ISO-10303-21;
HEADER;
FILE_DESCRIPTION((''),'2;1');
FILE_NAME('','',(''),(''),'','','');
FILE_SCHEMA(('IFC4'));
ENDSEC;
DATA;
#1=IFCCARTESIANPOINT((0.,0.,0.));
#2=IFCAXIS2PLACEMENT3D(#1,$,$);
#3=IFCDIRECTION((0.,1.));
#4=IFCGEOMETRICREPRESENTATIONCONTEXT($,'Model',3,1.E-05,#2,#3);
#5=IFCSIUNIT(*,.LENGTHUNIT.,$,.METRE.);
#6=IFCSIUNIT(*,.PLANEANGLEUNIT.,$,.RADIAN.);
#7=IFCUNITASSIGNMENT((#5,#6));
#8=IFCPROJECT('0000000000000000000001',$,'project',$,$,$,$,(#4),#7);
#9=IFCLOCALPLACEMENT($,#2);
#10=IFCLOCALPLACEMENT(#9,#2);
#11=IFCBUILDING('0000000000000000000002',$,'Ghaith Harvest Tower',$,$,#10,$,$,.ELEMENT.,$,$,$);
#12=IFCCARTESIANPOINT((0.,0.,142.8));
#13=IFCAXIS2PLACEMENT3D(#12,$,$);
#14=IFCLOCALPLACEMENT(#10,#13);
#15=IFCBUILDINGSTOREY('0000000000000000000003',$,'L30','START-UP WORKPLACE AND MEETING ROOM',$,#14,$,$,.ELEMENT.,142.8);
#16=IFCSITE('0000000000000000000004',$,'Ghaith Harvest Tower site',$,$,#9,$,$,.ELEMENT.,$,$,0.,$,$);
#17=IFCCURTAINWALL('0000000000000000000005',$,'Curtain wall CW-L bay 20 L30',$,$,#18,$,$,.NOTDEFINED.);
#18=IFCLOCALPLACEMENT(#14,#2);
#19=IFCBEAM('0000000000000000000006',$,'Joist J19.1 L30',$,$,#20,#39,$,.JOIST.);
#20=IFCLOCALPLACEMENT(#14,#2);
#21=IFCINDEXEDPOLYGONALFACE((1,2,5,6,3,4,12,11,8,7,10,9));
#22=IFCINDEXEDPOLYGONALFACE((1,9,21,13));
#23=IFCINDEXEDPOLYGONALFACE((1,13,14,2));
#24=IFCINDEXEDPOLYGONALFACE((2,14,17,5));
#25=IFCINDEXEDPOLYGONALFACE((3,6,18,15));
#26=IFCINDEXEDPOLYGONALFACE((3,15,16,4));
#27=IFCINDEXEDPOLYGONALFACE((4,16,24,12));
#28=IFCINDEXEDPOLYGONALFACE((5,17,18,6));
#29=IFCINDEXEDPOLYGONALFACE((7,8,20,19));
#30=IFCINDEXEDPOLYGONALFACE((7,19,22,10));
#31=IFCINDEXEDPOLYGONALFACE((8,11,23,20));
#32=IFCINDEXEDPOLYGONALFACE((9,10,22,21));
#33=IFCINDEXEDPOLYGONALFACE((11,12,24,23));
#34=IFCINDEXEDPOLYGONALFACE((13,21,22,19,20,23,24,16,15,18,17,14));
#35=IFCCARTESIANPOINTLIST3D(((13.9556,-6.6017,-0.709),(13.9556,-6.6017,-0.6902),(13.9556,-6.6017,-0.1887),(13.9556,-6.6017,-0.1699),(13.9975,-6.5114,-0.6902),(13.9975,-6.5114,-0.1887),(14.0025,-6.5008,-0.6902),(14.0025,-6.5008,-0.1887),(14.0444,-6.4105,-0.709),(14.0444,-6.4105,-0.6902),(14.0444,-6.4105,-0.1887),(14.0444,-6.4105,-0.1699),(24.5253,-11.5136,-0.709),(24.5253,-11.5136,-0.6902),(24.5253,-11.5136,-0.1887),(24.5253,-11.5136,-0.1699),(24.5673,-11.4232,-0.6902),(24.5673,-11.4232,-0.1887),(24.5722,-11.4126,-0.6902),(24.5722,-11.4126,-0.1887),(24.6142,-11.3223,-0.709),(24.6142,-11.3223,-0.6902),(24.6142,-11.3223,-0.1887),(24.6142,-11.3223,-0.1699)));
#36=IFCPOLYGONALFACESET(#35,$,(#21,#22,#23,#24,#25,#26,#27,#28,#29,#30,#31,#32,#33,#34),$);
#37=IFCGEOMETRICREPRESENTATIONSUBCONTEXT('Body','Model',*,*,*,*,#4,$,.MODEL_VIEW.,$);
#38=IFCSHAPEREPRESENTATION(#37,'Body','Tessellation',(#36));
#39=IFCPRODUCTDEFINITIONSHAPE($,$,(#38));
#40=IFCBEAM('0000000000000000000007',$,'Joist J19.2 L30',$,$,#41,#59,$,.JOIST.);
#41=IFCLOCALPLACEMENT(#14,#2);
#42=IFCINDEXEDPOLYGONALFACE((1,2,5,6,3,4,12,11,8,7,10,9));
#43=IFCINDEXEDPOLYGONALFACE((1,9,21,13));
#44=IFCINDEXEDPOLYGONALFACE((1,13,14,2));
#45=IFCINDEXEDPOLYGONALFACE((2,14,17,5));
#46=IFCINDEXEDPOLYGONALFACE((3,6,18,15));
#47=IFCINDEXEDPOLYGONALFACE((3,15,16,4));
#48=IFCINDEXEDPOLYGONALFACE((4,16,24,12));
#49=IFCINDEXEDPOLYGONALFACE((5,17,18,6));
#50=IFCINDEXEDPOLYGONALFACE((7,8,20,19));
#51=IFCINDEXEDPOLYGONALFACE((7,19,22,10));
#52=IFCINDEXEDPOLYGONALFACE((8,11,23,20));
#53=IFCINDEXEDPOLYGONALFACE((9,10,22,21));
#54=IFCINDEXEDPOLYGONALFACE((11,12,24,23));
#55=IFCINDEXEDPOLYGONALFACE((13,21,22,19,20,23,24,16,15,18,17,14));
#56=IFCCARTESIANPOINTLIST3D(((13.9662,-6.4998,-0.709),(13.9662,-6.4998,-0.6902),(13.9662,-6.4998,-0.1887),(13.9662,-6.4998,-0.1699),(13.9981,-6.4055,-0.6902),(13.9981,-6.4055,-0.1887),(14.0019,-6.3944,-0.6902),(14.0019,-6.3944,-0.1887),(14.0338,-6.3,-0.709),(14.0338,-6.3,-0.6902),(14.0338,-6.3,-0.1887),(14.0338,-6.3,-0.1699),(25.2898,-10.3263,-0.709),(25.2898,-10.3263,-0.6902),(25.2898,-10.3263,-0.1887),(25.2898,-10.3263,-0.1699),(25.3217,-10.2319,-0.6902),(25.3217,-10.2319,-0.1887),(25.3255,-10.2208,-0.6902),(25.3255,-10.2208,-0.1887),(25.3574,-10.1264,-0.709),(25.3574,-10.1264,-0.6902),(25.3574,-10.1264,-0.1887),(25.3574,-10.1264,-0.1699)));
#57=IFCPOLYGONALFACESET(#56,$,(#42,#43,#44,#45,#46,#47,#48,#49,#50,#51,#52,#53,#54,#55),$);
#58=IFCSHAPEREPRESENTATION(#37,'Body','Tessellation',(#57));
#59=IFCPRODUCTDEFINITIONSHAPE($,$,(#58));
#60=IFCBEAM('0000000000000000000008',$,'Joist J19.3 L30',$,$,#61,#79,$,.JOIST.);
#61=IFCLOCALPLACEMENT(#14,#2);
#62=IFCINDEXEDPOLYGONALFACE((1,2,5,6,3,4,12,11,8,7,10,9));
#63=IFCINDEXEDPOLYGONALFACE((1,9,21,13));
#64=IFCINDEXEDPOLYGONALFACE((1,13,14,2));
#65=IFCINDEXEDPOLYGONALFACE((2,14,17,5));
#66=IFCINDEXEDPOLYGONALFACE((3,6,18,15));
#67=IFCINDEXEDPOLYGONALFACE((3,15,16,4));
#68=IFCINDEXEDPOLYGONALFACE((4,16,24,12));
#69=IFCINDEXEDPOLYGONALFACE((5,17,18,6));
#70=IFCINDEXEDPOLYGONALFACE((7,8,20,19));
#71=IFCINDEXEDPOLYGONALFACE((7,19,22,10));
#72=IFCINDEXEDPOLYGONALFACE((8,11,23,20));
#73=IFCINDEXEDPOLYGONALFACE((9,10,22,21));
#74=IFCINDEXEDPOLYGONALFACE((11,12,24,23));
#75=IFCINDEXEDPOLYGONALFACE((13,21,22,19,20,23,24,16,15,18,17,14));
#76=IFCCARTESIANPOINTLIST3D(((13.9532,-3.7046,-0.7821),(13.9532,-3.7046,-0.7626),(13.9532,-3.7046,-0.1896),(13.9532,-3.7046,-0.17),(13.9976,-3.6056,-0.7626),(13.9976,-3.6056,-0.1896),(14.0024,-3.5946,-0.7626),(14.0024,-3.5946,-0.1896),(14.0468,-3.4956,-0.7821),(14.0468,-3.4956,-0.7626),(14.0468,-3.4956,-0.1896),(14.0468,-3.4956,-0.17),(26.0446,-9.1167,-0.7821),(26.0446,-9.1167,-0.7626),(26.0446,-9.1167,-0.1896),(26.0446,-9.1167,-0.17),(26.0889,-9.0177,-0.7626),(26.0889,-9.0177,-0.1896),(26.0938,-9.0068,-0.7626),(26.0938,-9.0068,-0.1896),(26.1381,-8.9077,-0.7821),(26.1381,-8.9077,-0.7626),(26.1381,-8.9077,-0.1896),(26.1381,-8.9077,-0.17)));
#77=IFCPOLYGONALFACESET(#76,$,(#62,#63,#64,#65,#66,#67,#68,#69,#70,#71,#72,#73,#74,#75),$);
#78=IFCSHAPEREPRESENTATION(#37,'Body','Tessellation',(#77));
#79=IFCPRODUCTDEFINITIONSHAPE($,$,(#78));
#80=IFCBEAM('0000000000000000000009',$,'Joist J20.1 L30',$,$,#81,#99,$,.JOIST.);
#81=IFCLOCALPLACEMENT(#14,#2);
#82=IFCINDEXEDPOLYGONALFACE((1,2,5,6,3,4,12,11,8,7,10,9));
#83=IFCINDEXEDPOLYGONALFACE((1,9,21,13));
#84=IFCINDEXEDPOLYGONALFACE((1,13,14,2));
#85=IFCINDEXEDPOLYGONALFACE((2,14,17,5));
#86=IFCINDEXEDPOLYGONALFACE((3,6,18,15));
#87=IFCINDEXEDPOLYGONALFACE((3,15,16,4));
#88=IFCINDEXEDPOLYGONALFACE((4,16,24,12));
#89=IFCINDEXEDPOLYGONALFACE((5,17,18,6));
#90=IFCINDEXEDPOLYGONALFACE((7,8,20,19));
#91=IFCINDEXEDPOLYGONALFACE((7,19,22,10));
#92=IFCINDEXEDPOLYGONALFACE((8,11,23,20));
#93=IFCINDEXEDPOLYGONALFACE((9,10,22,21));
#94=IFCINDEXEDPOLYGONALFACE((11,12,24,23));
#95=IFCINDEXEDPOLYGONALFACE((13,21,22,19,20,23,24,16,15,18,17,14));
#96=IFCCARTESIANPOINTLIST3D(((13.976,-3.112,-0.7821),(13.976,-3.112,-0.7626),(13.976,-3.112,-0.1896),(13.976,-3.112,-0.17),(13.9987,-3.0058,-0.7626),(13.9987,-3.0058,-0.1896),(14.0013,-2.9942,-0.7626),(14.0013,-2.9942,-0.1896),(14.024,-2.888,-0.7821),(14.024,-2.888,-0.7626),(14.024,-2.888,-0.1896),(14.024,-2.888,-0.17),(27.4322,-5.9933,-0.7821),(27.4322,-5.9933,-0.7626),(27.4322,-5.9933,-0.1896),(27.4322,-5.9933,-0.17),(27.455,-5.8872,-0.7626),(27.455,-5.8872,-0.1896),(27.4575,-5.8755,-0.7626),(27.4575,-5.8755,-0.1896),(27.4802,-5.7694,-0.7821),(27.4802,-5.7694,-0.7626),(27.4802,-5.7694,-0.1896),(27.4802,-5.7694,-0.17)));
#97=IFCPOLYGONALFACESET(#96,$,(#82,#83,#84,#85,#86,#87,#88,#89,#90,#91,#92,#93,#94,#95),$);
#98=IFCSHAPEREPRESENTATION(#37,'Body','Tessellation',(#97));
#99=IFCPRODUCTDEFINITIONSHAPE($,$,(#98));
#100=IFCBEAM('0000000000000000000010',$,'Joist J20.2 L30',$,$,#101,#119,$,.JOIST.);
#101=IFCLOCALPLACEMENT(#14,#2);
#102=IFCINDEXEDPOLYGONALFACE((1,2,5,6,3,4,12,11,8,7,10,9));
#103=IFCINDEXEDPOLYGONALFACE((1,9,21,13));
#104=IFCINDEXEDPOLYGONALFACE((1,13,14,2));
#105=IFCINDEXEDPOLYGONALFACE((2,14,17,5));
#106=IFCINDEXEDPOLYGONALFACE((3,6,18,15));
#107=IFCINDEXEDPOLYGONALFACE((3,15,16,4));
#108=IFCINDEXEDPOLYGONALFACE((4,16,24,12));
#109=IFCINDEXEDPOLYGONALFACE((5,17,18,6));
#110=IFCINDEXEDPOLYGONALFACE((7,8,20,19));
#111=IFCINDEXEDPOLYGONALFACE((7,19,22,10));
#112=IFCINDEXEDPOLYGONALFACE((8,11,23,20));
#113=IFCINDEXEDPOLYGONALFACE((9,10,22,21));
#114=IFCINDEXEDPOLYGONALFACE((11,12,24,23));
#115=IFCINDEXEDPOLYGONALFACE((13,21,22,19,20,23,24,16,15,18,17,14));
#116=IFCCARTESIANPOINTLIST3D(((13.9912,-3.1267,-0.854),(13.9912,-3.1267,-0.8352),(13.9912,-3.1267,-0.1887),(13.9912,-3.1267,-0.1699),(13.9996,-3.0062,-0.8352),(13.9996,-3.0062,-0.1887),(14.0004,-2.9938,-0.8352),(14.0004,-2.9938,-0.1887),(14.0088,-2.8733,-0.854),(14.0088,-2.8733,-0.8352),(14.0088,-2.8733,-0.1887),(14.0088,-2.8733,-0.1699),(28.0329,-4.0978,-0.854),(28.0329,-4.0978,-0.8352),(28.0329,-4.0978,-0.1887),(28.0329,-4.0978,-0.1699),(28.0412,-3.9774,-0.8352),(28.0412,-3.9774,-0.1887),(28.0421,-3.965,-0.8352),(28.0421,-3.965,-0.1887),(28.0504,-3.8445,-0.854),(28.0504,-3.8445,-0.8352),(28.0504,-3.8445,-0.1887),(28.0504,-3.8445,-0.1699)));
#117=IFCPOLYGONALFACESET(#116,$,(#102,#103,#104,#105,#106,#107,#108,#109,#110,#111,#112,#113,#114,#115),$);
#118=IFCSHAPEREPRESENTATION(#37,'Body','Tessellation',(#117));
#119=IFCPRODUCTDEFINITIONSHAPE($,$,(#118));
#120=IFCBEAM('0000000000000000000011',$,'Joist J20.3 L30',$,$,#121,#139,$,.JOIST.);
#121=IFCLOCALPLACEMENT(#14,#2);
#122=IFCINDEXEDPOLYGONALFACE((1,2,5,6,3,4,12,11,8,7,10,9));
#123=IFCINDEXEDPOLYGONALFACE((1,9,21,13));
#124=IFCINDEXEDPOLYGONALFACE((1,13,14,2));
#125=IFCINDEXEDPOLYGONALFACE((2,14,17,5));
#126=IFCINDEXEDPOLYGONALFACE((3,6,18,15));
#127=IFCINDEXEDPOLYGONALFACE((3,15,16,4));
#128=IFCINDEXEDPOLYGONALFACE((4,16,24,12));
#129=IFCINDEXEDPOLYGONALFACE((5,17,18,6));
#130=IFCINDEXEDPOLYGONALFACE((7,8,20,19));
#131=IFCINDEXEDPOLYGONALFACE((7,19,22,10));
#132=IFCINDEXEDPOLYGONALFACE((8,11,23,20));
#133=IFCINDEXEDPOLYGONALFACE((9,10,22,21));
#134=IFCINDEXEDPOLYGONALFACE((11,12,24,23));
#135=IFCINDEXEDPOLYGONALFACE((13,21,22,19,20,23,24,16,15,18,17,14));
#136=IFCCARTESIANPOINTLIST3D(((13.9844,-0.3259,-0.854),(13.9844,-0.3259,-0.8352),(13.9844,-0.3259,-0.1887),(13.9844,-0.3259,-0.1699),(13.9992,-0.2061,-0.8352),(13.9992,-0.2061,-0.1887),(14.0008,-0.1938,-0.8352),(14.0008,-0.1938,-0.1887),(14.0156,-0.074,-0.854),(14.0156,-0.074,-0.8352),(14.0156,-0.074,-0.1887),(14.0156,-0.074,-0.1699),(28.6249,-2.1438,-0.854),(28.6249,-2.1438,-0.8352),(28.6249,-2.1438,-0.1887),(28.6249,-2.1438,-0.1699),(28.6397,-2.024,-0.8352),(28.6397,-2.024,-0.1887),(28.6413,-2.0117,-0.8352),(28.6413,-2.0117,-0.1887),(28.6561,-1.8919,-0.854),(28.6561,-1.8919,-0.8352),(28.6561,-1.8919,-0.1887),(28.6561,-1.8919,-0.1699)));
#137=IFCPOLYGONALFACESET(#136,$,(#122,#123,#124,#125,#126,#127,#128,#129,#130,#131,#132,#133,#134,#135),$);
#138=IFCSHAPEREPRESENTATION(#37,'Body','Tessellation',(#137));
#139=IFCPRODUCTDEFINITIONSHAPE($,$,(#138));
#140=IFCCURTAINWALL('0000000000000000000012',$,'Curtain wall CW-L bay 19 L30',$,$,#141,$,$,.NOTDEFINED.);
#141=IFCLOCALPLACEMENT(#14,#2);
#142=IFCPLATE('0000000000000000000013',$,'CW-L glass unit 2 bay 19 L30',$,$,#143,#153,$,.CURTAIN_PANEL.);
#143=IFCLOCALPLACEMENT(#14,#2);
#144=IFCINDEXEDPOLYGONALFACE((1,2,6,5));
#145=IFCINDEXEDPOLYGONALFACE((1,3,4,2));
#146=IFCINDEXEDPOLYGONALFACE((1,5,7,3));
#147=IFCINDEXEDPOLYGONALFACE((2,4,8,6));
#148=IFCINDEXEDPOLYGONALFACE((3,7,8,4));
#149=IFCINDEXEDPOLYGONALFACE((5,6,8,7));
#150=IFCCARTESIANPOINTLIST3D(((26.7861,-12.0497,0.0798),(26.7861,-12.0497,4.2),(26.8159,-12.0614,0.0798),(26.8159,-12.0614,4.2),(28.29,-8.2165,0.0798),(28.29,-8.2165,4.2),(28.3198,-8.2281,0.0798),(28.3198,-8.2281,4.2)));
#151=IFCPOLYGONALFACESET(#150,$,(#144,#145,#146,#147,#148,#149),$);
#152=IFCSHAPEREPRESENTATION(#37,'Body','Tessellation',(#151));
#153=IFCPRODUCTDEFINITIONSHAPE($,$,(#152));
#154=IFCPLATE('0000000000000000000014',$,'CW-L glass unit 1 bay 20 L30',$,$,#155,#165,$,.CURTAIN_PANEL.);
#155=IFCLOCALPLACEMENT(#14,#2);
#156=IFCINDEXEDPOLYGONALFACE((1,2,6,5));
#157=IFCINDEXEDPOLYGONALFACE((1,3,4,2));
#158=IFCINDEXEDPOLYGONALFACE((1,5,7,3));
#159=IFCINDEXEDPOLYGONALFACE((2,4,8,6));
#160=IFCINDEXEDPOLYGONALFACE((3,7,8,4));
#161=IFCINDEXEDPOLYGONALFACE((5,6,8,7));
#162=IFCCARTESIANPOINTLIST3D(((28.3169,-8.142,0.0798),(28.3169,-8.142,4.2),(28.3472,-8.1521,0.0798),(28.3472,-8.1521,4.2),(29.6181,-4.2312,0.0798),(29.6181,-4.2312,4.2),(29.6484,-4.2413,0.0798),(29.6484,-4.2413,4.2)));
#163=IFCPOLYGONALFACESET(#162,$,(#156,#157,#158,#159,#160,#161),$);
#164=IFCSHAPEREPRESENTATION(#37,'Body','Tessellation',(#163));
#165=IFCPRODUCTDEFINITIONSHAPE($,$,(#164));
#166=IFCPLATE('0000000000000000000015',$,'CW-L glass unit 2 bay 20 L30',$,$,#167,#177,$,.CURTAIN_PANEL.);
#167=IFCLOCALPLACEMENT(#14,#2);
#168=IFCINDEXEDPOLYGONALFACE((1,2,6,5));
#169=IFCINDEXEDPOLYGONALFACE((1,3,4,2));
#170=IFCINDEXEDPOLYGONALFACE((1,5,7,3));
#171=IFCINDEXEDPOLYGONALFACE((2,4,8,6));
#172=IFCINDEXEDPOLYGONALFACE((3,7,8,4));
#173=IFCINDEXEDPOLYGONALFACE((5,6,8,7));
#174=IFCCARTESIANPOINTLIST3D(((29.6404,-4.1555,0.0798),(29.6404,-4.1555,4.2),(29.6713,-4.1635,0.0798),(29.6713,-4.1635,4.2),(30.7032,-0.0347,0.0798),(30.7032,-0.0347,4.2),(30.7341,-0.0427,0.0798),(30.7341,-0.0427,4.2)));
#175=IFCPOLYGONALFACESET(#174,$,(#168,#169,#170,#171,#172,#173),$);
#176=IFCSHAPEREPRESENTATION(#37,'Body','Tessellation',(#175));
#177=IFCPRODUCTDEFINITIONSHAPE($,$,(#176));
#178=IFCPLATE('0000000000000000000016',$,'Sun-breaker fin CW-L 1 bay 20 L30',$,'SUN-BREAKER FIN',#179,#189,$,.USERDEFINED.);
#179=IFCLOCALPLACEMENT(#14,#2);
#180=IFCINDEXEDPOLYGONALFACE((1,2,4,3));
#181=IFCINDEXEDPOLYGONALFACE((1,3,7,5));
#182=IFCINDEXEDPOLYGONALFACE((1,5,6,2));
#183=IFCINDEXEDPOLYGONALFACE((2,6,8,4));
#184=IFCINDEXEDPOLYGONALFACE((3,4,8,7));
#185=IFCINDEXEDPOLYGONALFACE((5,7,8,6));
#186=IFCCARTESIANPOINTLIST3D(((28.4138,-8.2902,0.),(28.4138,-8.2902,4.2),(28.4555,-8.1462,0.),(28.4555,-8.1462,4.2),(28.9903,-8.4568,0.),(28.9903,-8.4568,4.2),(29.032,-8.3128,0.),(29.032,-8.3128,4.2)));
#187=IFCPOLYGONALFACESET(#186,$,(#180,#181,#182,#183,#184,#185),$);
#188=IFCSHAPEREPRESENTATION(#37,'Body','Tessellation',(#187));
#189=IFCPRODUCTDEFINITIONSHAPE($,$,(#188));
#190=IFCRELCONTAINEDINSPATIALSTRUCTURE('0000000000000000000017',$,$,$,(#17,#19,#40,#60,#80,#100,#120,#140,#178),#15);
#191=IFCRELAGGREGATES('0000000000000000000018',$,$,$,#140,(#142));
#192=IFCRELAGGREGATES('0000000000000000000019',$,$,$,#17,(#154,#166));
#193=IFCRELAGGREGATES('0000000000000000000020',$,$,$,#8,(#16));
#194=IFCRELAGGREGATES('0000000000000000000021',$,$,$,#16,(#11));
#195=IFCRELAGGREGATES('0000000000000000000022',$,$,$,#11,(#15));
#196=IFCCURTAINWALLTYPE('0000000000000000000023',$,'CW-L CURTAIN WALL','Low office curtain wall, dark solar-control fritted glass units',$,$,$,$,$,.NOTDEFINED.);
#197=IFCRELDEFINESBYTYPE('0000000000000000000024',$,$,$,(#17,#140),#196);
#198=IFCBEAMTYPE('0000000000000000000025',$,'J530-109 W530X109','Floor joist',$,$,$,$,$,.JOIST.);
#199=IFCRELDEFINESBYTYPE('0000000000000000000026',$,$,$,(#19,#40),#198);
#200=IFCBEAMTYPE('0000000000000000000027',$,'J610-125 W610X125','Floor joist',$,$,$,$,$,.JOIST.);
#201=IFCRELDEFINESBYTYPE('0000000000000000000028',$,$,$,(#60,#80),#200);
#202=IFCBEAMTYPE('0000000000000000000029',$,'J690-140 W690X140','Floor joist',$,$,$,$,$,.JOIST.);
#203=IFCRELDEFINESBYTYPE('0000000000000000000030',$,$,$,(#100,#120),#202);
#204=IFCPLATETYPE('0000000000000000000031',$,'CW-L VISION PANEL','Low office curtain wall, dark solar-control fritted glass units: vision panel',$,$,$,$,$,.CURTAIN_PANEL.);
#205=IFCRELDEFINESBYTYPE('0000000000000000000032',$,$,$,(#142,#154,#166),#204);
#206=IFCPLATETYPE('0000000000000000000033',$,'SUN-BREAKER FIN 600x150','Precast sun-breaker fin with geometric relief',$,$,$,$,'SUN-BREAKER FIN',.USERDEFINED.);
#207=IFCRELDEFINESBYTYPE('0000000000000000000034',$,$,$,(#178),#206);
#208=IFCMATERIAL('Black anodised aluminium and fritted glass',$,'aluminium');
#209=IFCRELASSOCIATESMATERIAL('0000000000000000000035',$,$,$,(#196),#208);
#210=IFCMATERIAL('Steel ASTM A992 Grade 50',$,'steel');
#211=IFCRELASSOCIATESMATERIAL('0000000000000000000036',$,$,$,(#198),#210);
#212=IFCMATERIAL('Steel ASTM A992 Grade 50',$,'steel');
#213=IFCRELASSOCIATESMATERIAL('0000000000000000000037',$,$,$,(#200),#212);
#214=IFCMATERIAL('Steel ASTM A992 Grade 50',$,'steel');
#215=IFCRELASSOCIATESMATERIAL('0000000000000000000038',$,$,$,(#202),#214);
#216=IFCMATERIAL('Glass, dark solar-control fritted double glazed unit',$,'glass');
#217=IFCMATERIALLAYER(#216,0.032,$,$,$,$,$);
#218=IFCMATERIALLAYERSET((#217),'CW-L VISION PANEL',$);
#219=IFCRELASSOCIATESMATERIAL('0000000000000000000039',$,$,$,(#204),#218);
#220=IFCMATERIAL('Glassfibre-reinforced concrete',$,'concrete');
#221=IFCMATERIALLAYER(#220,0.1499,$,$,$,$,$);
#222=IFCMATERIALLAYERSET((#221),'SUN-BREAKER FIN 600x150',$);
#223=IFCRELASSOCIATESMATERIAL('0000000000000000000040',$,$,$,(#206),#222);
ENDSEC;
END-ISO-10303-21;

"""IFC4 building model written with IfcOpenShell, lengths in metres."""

from ifc_helpers import new_model, si_unit, direction, frame, origin, origin_2d, place, context, subcontext, project, spatial, rectangle, i_section, extrude, material, layer, layer_set, material_profile, profile_set, type_object, element, aggregate, save


model = new_model("IFC4")

# Units and contexts
model_context = context("Model", 3, precision=1e-05, world=origin(), true_north=direction((0.0, 1.0)))
body_context = subcontext(model_context, "Body", "Model", "MODEL_VIEW")
ifc_project = project(units=[si_unit("LENGTHUNIT", "METRE"), si_unit("PLANEANGLEUNIT", "RADIAN")], contexts=[model_context])

# Site, building, storey
site_placement = place(None, origin())
site = spatial("IfcSite", under=ifc_project, at=site_placement, Name="Ghaith Harvest Tower site", CompositionType="ELEMENT", RefElevation=0.0)
building_placement = place(site_placement, origin())
building = spatial("IfcBuilding", under=site, at=building_placement, Name="Ghaith Harvest Tower", CompositionType="ELEMENT")
storey_placement = place(building_placement, frame((0.0, 0.0, 142.8)))
storey = spatial("IfcBuildingStorey", under=building, at=storey_placement, Name="L30", Description="START-UP WORKPLACE AND MEETING ROOM", CompositionType="ELEMENT", Elevation=142.8)

# Curtain wall
ifc_material_1 = material(Name="Black anodised aluminium and fritted glass", Category="aluminium")
curtain_wall_type = type_object("IfcCurtainWallType", Name="CW-L CURTAIN WALL", Description="Low office curtain wall, dark solar-control fritted glass units", PredefinedType="NOTDEFINED", material=ifc_material_1)
curtain_wall_1_placement = place(storey_placement, origin())
curtain_wall_1 = element("IfcCurtainWall", 1, at=curtain_wall_1_placement, inside=storey, type_object=curtain_wall_type, Name="Curtain wall CW-L bay 20 L30", PredefinedType="NOTDEFINED")

# Beams
ifc_material_2 = material(Name="Steel ASTM A992 Grade 50", Category="steel")
ifc_material_profile_1 = material_profile(ifc_material_2, i_section(OverallWidth=0.2109, OverallDepth=0.5391, WebThickness=0.0117, FlangeThickness=0.0188, at=origin_2d()), Name="W530X109")
ifc_profile_set_1 = profile_set([ifc_material_profile_1], Name="Steel ASTM A992 Grade 50")
beam_type_1 = type_object("IfcBeamType", Name="J530-109 W530X109", Description="Floor joist", PredefinedType="JOIST", material=ifc_profile_set_1)
beam_1_placement = place(storey_placement, frame((14.0, -6.5061, -0.4395), z_axis=(0.906863, -0.421425, 0.0), x_axis=(0.421425, 0.906863, 0.0)))
element("IfcBeam", 2, at=beam_1_placement, inside=storey, type_object=beam_type_1, Name="Joist J19.1 L30", PredefinedType="JOIST", context=body_context, shape_type="SweptSolid", body=[
    extrude(i_section(OverallWidth=0.2109, OverallDepth=0.5391, WebThickness=0.0117, FlangeThickness=0.0188, at=origin_2d()), origin(), (0.0, 0.0, 1.0), 11.6553),
])
beam_2_placement = place(storey_placement, frame((14.0, -6.3999, -0.4395), z_axis=(0.947372, -0.320135, 0.0), x_axis=(0.320135, 0.947372, 0.0)))
element("IfcBeam", 3, at=beam_2_placement, inside=storey, type_object=beam_type_1, Name="Joist J19.2 L30", PredefinedType="JOIST", context=body_context, shape_type="SweptSolid", body=[
    extrude(i_section(OverallWidth=0.2109, OverallDepth=0.5391, WebThickness=0.0117, FlangeThickness=0.0188, at=origin_2d()), origin(), (0.0, 0.0, 1.0), 11.9526),
])
ifc_material_3 = material(Name="Steel ASTM A992 Grade 50", Category="steel")
ifc_material_profile_2 = material_profile(ifc_material_3, i_section(OverallWidth=0.229, OverallDepth=0.6121, WebThickness=0.012, FlangeThickness=0.0195, at=origin_2d()), Name="W610X125")
ifc_profile_set_2 = profile_set([ifc_material_profile_2], Name="Steel ASTM A992 Grade 50")
beam_type_2 = type_object("IfcBeamType", Name="J610-125 W610X125", Description="Floor joist", PredefinedType="JOIST", material=ifc_profile_set_2)
beam_3_placement = place(storey_placement, frame((14.0, -3.6001, -0.4761), z_axis=(0.912738, -0.408545, 0.0), x_axis=(0.408545, 0.912738, 0.0)))
element("IfcBeam", 4, at=beam_3_placement, inside=storey, type_object=beam_type_2, Name="Joist J19.3 L30", PredefinedType="JOIST", context=body_context, shape_type="SweptSolid", body=[
    extrude(i_section(OverallWidth=0.229, OverallDepth=0.6121, WebThickness=0.012, FlangeThickness=0.0195, at=origin_2d()), origin(), (0.0, 0.0, 1.0), 13.2473),
])
beam_4_placement = place(storey_placement, frame((14.0, -3.0, -0.4761), z_axis=(0.977834, -0.20938, 0.0), x_axis=(0.20938, 0.977834, 0.0)))
element("IfcBeam", 5, at=beam_4_placement, inside=storey, type_object=beam_type_2, Name="Joist J20.1 L30", PredefinedType="JOIST", context=body_context, shape_type="SweptSolid", body=[
    extrude(i_section(OverallWidth=0.229, OverallDepth=0.6121, WebThickness=0.012, FlangeThickness=0.0195, at=origin_2d()), origin(), (0.0, 0.0, 1.0), 13.7612),
])
ifc_material_4 = material(Name="Steel ASTM A992 Grade 50", Category="steel")
ifc_material_profile_3 = material_profile(ifc_material_4, i_section(OverallWidth=0.2539, OverallDepth=0.6841, WebThickness=0.0125, FlangeThickness=0.0188, at=origin_2d()), Name="W690X140")
ifc_profile_set_3 = profile_set([ifc_material_profile_3], Name="Steel ASTM A992 Grade 50")
beam_type_3 = type_object("IfcBeamType", Name="J690-140 W690X140", Description="Floor joist", PredefinedType="JOIST", material=ifc_profile_set_3)
beam_5_placement = place(storey_placement, frame((14.0, -3.0, -0.512), z_axis=(0.997617, -0.069, 0.0), x_axis=(0.069, 0.997617, 0.0)))
element("IfcBeam", 6, at=beam_5_placement, inside=storey, type_object=beam_type_3, Name="Joist J20.2 L30", PredefinedType="JOIST", context=body_context, shape_type="SweptSolid", body=[
    extrude(i_section(OverallWidth=0.2539, OverallDepth=0.6841, WebThickness=0.0125, FlangeThickness=0.0188, at=origin_2d()), origin(), (0.0, 0.0, 1.0), 14.0752),
])
beam_6_placement = place(storey_placement, frame((14.0, -0.2, -0.512), z_axis=(0.992379, -0.123222, 0.0), x_axis=(0.123222, 0.992379, 0.0)))
element("IfcBeam", 7, at=beam_6_placement, inside=storey, type_object=beam_type_3, Name="Joist J20.3 L30", PredefinedType="JOIST", context=body_context, shape_type="SweptSolid", body=[
    extrude(i_section(OverallWidth=0.2539, OverallDepth=0.6841, WebThickness=0.0125, FlangeThickness=0.0188, at=origin_2d()), origin(), (0.0, 0.0, 1.0), 14.7529),
])

# Curtain wall, plate
curtain_wall_2_placement = place(storey_placement, origin())
curtain_wall_2 = element("IfcCurtainWall", 8, at=curtain_wall_2_placement, inside=storey, type_object=curtain_wall_type, Name="Curtain wall CW-L bay 19 L30", PredefinedType="NOTDEFINED")
ifc_material_5 = material(Name="Glass, dark solar-control fritted double glazed unit", Category="glass")
ifc_layer_1 = layer(ifc_material_5, 0.032)
ifc_layer_set_1 = layer_set([ifc_layer_1], Name="CW-L VISION PANEL")
plate_type_1 = type_object("IfcPlateType", Name="CW-L VISION PANEL", Description="Low office curtain wall, dark solar-control fritted glass units: vision panel", PredefinedType="CURTAIN_PANEL", material=ifc_layer_set_1)
plate_1_placement = place(storey_placement, frame((27.553, -10.1389, 0.0798), z_axis=(0.0, 0.0, 1.0), x_axis=(0.365226, 0.930919, 0.0)))
plate_1 = element("IfcPlate", 9, at=plate_1_placement, type_object=plate_type_1, Name="CW-L glass unit 2 bay 19 L30", PredefinedType="CURTAIN_PANEL", context=body_context, shape_type="SweptSolid", body=[
    extrude(rectangle(XDim=4.1177, YDim=0.032, at=origin_2d()), origin(), (0.0, 0.0, 1.0), 4.1201),
])
aggregate(curtain_wall_2, [plate_1])

# Plates
plate_2_placement = place(storey_placement, frame((28.9827, -6.1917, 0.0798), z_axis=(0.0, 0.0, 1.0), x_axis=(0.315708, 0.948856, 0.0)))
plate_2 = element("IfcPlate", 10, at=plate_2_placement, type_object=plate_type_1, Name="CW-L glass unit 1 bay 20 L30", PredefinedType="CURTAIN_PANEL", context=body_context, shape_type="SweptSolid", body=[
    extrude(rectangle(XDim=4.1216, YDim=0.032, at=origin_2d()), origin(), (0.0, 0.0, 1.0), 4.1201),
])
plate_3_placement = place(storey_placement, frame((30.1873, -2.0991, 0.0798), z_axis=(0.0, 0.0, 1.0), x_axis=(0.249744, 0.968312, 0.0)))
plate_3 = element("IfcPlate", 11, at=plate_3_placement, type_object=plate_type_1, Name="CW-L glass unit 2 bay 20 L30", PredefinedType="CURTAIN_PANEL", context=body_context, shape_type="SweptSolid", body=[
    extrude(rectangle(XDim=4.2556, YDim=0.032, at=origin_2d()), origin(), (0.0, 0.0, 1.0), 4.1201),
])
aggregate(curtain_wall_1, [plate_2, plate_3])
ifc_material_6 = material(Name="Glassfibre-reinforced concrete", Category="concrete")
ifc_layer_2 = layer(ifc_material_6, 0.1499)
ifc_layer_set_2 = layer_set([ifc_layer_2], Name="SUN-BREAKER FIN 600x150")
plate_type_2 = type_object("IfcPlateType", Name="SUN-BREAKER FIN 600x150", Description="Precast sun-breaker fin with geometric relief", ElementType="SUN-BREAKER FIN", PredefinedType="USERDEFINED", material=ifc_layer_set_2)
plate_4_placement = place(storey_placement, frame((28.7229, -8.3015, 0.0), z_axis=(0.0, 0.0, 1.0), x_axis=(0.96068, -0.277657, 0.0)))
element("IfcPlate", 12, at=plate_4_placement, inside=storey, type_object=plate_type_2, Name="Sun-breaker fin CW-L 1 bay 20 L30", ObjectType="SUN-BREAKER FIN", PredefinedType="USERDEFINED", context=body_context, shape_type="SweptSolid", body=[
    extrude(rectangle(XDim=0.6001, YDim=0.1499, at=origin_2d()), origin(), (0.0, 0.0, 1.0), 4.2),
])

save(model, "model.ifc")
